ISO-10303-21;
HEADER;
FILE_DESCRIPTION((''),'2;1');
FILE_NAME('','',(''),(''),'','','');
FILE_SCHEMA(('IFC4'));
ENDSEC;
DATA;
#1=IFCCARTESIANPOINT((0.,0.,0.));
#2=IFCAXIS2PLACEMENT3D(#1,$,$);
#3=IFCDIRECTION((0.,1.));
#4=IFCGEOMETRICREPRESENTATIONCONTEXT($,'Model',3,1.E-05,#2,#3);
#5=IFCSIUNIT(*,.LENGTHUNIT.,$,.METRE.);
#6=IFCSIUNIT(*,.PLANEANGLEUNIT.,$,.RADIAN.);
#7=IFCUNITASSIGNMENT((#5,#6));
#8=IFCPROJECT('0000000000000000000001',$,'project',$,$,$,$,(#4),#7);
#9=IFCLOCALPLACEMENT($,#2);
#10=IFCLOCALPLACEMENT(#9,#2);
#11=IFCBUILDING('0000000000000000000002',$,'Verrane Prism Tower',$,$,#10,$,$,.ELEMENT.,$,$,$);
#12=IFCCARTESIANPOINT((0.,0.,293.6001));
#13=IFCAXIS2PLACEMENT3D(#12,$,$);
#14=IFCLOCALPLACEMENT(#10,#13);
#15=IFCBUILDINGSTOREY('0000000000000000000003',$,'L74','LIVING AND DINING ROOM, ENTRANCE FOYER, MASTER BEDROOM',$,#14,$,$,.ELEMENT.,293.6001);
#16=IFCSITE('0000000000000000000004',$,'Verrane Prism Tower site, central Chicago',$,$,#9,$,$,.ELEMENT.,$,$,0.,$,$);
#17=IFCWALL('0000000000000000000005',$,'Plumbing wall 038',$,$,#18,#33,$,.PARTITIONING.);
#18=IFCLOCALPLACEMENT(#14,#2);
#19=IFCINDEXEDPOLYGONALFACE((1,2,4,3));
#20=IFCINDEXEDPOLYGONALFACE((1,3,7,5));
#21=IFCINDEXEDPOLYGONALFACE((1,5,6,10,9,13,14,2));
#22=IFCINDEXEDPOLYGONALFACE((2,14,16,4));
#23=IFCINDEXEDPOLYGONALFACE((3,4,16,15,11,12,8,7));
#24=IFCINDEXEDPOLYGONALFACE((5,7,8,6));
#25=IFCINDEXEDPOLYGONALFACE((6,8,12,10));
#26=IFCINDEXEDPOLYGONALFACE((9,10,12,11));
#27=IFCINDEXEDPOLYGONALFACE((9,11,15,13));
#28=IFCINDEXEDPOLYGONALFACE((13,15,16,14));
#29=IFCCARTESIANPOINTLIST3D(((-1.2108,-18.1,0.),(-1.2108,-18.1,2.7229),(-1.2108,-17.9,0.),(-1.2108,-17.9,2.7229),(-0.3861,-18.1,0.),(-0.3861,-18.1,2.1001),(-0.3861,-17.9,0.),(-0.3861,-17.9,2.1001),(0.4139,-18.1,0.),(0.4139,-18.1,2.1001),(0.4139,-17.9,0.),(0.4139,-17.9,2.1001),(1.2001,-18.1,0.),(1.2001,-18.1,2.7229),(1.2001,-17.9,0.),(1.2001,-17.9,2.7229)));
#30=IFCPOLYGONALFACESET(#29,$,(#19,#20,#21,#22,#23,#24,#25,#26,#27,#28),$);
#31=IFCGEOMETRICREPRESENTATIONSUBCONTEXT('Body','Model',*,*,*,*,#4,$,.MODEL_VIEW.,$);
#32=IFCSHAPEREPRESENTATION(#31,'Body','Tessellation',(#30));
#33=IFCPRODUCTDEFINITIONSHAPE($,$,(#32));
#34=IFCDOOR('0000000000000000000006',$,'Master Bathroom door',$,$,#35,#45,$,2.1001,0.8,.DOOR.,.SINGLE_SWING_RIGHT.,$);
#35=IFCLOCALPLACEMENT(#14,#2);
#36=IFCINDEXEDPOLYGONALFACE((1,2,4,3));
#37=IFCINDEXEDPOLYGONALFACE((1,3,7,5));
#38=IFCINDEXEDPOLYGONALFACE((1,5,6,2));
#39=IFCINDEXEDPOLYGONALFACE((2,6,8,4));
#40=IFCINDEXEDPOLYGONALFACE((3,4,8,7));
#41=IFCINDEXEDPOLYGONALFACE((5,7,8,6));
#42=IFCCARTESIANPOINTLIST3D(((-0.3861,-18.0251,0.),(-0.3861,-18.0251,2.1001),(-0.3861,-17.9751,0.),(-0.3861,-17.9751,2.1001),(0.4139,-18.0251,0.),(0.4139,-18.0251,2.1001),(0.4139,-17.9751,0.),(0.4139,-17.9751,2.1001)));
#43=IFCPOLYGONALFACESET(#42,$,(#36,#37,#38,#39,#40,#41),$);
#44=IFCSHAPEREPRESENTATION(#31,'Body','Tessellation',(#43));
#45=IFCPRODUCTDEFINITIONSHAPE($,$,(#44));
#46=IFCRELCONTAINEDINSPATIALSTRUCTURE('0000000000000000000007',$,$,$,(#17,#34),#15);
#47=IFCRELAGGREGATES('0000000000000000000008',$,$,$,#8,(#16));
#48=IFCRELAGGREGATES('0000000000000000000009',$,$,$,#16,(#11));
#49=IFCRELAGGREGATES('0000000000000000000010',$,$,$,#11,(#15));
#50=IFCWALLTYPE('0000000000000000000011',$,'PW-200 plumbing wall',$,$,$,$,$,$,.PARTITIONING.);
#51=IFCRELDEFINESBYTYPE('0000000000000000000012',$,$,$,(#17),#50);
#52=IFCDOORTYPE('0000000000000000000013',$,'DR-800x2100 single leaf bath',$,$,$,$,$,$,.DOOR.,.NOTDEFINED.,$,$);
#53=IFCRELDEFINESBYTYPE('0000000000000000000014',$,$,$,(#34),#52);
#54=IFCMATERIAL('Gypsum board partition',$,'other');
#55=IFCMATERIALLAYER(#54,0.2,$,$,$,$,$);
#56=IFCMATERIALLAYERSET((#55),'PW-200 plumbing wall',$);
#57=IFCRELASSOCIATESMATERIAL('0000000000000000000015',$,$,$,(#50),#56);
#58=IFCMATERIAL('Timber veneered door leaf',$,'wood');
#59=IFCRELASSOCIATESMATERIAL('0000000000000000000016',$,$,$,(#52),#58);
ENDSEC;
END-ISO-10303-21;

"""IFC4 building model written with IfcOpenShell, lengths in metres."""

from ifc_helpers import new_model, si_unit, direction, frame, frame_2d, origin, place, context, subcontext, project, spatial, rectangle, extrude, material, layer, layer_set, type_object, element, fill, save


model = new_model("IFC4")

# Units and contexts
model_context = context("Model", 3, precision=1e-05, world=origin(), true_north=direction((0.0, 1.0)))
body_context = subcontext(model_context, "Body", "Model", "MODEL_VIEW")
ifc_project = project(units=[si_unit("LENGTHUNIT", "METRE"), si_unit("PLANEANGLEUNIT", "RADIAN")], contexts=[model_context])

# Site, building, storey
site_placement = place(None, origin())
site = spatial("IfcSite", under=ifc_project, at=site_placement, Name="Verrane Prism Tower site, central Chicago", CompositionType="ELEMENT", RefElevation=0.0)
building_placement = place(site_placement, origin())
building = spatial("IfcBuilding", under=site, at=building_placement, Name="Verrane Prism Tower", CompositionType="ELEMENT")
storey_placement = place(building_placement, frame((0.0, 0.0, 293.6001)))
storey = spatial("IfcBuildingStorey", under=building, at=storey_placement, Name="L74", Description="LIVING AND DINING ROOM, ENTRANCE FOYER, MASTER BEDROOM", CompositionType="ELEMENT", Elevation=293.6001)

# Wall, opening, door
ifc_material_1 = material(Name="Gypsum board partition", Category="other")
ifc_layer_1 = layer(ifc_material_1, 0.2)
ifc_layer_set_1 = layer_set([ifc_layer_1], Name="PW-200 plumbing wall")
wall_type_1 = type_object("IfcWallType", Name="PW-200 plumbing wall", PredefinedType="PARTITIONING", material=ifc_layer_set_1)
wall_1_placement = place(storey_placement, frame((-1.2109, -18.0, 0.0), z_axis=(0.0, 0.0, 1.0), x_axis=(1.0, 0.0, 0.0)))
wall_1 = element("IfcWall", 1, at=wall_1_placement, inside=storey, type_object=wall_type_1, Name="Plumbing wall 038", PredefinedType="PARTITIONING", context=body_context, shape_type="SweptSolid", body=[
    extrude(rectangle(XDim=2.4109, YDim=0.2, at=frame_2d((1.2056, 0.0))), origin(), (0.0, 0.0, 1.0), 2.7229),
])
opening_1_placement = place(wall_1_placement, frame((0.825, 0.0, 0.0)))
opening_1 = element("IfcOpeningElement", 2, at=opening_1_placement, cuts=wall_1, PredefinedType="OPENING", context=body_context, shape_type="SweptSolid", body=[
    extrude(rectangle(XDim=0.8, YDim=2.1001, at=frame_2d((0.3999, 1.05))), frame((0.0, 0.1099, 0.0), z_axis=(0.0, -1.0, 0.0), x_axis=(1.0, 0.0, 0.0)), (0.0, 0.0, 1.0), 0.22),
])
ifc_material_2 = material(Name="Timber veneered door leaf", Category="wood")
door_type_1 = type_object("IfcDoorType", Name="DR-800x2100 single leaf bath", OperationType="NOTDEFINED", PredefinedType="DOOR", material=ifc_material_2)
door_1_placement = place(opening_1_placement, origin())
door_1 = element("IfcDoor", 3, at=door_1_placement, inside=storey, type_object=door_type_1, Name="Master Bathroom door", OperationType="SINGLE_SWING_RIGHT", OverallHeight=2.1001, OverallWidth=0.8, PredefinedType="DOOR", context=body_context, shape_type="SweptSolid", body=[
    extrude(rectangle(XDim=0.8, YDim=2.1001, at=frame_2d((0.3999, 1.05))), frame((0.0, 0.0249, 0.0), z_axis=(0.0, -1.0, 0.0), x_axis=(1.0, 0.0, 0.0)), (0.0, 0.0, 1.0), 0.05),
])
fill(opening_1, door_1)

save(model, "model.ifc")
